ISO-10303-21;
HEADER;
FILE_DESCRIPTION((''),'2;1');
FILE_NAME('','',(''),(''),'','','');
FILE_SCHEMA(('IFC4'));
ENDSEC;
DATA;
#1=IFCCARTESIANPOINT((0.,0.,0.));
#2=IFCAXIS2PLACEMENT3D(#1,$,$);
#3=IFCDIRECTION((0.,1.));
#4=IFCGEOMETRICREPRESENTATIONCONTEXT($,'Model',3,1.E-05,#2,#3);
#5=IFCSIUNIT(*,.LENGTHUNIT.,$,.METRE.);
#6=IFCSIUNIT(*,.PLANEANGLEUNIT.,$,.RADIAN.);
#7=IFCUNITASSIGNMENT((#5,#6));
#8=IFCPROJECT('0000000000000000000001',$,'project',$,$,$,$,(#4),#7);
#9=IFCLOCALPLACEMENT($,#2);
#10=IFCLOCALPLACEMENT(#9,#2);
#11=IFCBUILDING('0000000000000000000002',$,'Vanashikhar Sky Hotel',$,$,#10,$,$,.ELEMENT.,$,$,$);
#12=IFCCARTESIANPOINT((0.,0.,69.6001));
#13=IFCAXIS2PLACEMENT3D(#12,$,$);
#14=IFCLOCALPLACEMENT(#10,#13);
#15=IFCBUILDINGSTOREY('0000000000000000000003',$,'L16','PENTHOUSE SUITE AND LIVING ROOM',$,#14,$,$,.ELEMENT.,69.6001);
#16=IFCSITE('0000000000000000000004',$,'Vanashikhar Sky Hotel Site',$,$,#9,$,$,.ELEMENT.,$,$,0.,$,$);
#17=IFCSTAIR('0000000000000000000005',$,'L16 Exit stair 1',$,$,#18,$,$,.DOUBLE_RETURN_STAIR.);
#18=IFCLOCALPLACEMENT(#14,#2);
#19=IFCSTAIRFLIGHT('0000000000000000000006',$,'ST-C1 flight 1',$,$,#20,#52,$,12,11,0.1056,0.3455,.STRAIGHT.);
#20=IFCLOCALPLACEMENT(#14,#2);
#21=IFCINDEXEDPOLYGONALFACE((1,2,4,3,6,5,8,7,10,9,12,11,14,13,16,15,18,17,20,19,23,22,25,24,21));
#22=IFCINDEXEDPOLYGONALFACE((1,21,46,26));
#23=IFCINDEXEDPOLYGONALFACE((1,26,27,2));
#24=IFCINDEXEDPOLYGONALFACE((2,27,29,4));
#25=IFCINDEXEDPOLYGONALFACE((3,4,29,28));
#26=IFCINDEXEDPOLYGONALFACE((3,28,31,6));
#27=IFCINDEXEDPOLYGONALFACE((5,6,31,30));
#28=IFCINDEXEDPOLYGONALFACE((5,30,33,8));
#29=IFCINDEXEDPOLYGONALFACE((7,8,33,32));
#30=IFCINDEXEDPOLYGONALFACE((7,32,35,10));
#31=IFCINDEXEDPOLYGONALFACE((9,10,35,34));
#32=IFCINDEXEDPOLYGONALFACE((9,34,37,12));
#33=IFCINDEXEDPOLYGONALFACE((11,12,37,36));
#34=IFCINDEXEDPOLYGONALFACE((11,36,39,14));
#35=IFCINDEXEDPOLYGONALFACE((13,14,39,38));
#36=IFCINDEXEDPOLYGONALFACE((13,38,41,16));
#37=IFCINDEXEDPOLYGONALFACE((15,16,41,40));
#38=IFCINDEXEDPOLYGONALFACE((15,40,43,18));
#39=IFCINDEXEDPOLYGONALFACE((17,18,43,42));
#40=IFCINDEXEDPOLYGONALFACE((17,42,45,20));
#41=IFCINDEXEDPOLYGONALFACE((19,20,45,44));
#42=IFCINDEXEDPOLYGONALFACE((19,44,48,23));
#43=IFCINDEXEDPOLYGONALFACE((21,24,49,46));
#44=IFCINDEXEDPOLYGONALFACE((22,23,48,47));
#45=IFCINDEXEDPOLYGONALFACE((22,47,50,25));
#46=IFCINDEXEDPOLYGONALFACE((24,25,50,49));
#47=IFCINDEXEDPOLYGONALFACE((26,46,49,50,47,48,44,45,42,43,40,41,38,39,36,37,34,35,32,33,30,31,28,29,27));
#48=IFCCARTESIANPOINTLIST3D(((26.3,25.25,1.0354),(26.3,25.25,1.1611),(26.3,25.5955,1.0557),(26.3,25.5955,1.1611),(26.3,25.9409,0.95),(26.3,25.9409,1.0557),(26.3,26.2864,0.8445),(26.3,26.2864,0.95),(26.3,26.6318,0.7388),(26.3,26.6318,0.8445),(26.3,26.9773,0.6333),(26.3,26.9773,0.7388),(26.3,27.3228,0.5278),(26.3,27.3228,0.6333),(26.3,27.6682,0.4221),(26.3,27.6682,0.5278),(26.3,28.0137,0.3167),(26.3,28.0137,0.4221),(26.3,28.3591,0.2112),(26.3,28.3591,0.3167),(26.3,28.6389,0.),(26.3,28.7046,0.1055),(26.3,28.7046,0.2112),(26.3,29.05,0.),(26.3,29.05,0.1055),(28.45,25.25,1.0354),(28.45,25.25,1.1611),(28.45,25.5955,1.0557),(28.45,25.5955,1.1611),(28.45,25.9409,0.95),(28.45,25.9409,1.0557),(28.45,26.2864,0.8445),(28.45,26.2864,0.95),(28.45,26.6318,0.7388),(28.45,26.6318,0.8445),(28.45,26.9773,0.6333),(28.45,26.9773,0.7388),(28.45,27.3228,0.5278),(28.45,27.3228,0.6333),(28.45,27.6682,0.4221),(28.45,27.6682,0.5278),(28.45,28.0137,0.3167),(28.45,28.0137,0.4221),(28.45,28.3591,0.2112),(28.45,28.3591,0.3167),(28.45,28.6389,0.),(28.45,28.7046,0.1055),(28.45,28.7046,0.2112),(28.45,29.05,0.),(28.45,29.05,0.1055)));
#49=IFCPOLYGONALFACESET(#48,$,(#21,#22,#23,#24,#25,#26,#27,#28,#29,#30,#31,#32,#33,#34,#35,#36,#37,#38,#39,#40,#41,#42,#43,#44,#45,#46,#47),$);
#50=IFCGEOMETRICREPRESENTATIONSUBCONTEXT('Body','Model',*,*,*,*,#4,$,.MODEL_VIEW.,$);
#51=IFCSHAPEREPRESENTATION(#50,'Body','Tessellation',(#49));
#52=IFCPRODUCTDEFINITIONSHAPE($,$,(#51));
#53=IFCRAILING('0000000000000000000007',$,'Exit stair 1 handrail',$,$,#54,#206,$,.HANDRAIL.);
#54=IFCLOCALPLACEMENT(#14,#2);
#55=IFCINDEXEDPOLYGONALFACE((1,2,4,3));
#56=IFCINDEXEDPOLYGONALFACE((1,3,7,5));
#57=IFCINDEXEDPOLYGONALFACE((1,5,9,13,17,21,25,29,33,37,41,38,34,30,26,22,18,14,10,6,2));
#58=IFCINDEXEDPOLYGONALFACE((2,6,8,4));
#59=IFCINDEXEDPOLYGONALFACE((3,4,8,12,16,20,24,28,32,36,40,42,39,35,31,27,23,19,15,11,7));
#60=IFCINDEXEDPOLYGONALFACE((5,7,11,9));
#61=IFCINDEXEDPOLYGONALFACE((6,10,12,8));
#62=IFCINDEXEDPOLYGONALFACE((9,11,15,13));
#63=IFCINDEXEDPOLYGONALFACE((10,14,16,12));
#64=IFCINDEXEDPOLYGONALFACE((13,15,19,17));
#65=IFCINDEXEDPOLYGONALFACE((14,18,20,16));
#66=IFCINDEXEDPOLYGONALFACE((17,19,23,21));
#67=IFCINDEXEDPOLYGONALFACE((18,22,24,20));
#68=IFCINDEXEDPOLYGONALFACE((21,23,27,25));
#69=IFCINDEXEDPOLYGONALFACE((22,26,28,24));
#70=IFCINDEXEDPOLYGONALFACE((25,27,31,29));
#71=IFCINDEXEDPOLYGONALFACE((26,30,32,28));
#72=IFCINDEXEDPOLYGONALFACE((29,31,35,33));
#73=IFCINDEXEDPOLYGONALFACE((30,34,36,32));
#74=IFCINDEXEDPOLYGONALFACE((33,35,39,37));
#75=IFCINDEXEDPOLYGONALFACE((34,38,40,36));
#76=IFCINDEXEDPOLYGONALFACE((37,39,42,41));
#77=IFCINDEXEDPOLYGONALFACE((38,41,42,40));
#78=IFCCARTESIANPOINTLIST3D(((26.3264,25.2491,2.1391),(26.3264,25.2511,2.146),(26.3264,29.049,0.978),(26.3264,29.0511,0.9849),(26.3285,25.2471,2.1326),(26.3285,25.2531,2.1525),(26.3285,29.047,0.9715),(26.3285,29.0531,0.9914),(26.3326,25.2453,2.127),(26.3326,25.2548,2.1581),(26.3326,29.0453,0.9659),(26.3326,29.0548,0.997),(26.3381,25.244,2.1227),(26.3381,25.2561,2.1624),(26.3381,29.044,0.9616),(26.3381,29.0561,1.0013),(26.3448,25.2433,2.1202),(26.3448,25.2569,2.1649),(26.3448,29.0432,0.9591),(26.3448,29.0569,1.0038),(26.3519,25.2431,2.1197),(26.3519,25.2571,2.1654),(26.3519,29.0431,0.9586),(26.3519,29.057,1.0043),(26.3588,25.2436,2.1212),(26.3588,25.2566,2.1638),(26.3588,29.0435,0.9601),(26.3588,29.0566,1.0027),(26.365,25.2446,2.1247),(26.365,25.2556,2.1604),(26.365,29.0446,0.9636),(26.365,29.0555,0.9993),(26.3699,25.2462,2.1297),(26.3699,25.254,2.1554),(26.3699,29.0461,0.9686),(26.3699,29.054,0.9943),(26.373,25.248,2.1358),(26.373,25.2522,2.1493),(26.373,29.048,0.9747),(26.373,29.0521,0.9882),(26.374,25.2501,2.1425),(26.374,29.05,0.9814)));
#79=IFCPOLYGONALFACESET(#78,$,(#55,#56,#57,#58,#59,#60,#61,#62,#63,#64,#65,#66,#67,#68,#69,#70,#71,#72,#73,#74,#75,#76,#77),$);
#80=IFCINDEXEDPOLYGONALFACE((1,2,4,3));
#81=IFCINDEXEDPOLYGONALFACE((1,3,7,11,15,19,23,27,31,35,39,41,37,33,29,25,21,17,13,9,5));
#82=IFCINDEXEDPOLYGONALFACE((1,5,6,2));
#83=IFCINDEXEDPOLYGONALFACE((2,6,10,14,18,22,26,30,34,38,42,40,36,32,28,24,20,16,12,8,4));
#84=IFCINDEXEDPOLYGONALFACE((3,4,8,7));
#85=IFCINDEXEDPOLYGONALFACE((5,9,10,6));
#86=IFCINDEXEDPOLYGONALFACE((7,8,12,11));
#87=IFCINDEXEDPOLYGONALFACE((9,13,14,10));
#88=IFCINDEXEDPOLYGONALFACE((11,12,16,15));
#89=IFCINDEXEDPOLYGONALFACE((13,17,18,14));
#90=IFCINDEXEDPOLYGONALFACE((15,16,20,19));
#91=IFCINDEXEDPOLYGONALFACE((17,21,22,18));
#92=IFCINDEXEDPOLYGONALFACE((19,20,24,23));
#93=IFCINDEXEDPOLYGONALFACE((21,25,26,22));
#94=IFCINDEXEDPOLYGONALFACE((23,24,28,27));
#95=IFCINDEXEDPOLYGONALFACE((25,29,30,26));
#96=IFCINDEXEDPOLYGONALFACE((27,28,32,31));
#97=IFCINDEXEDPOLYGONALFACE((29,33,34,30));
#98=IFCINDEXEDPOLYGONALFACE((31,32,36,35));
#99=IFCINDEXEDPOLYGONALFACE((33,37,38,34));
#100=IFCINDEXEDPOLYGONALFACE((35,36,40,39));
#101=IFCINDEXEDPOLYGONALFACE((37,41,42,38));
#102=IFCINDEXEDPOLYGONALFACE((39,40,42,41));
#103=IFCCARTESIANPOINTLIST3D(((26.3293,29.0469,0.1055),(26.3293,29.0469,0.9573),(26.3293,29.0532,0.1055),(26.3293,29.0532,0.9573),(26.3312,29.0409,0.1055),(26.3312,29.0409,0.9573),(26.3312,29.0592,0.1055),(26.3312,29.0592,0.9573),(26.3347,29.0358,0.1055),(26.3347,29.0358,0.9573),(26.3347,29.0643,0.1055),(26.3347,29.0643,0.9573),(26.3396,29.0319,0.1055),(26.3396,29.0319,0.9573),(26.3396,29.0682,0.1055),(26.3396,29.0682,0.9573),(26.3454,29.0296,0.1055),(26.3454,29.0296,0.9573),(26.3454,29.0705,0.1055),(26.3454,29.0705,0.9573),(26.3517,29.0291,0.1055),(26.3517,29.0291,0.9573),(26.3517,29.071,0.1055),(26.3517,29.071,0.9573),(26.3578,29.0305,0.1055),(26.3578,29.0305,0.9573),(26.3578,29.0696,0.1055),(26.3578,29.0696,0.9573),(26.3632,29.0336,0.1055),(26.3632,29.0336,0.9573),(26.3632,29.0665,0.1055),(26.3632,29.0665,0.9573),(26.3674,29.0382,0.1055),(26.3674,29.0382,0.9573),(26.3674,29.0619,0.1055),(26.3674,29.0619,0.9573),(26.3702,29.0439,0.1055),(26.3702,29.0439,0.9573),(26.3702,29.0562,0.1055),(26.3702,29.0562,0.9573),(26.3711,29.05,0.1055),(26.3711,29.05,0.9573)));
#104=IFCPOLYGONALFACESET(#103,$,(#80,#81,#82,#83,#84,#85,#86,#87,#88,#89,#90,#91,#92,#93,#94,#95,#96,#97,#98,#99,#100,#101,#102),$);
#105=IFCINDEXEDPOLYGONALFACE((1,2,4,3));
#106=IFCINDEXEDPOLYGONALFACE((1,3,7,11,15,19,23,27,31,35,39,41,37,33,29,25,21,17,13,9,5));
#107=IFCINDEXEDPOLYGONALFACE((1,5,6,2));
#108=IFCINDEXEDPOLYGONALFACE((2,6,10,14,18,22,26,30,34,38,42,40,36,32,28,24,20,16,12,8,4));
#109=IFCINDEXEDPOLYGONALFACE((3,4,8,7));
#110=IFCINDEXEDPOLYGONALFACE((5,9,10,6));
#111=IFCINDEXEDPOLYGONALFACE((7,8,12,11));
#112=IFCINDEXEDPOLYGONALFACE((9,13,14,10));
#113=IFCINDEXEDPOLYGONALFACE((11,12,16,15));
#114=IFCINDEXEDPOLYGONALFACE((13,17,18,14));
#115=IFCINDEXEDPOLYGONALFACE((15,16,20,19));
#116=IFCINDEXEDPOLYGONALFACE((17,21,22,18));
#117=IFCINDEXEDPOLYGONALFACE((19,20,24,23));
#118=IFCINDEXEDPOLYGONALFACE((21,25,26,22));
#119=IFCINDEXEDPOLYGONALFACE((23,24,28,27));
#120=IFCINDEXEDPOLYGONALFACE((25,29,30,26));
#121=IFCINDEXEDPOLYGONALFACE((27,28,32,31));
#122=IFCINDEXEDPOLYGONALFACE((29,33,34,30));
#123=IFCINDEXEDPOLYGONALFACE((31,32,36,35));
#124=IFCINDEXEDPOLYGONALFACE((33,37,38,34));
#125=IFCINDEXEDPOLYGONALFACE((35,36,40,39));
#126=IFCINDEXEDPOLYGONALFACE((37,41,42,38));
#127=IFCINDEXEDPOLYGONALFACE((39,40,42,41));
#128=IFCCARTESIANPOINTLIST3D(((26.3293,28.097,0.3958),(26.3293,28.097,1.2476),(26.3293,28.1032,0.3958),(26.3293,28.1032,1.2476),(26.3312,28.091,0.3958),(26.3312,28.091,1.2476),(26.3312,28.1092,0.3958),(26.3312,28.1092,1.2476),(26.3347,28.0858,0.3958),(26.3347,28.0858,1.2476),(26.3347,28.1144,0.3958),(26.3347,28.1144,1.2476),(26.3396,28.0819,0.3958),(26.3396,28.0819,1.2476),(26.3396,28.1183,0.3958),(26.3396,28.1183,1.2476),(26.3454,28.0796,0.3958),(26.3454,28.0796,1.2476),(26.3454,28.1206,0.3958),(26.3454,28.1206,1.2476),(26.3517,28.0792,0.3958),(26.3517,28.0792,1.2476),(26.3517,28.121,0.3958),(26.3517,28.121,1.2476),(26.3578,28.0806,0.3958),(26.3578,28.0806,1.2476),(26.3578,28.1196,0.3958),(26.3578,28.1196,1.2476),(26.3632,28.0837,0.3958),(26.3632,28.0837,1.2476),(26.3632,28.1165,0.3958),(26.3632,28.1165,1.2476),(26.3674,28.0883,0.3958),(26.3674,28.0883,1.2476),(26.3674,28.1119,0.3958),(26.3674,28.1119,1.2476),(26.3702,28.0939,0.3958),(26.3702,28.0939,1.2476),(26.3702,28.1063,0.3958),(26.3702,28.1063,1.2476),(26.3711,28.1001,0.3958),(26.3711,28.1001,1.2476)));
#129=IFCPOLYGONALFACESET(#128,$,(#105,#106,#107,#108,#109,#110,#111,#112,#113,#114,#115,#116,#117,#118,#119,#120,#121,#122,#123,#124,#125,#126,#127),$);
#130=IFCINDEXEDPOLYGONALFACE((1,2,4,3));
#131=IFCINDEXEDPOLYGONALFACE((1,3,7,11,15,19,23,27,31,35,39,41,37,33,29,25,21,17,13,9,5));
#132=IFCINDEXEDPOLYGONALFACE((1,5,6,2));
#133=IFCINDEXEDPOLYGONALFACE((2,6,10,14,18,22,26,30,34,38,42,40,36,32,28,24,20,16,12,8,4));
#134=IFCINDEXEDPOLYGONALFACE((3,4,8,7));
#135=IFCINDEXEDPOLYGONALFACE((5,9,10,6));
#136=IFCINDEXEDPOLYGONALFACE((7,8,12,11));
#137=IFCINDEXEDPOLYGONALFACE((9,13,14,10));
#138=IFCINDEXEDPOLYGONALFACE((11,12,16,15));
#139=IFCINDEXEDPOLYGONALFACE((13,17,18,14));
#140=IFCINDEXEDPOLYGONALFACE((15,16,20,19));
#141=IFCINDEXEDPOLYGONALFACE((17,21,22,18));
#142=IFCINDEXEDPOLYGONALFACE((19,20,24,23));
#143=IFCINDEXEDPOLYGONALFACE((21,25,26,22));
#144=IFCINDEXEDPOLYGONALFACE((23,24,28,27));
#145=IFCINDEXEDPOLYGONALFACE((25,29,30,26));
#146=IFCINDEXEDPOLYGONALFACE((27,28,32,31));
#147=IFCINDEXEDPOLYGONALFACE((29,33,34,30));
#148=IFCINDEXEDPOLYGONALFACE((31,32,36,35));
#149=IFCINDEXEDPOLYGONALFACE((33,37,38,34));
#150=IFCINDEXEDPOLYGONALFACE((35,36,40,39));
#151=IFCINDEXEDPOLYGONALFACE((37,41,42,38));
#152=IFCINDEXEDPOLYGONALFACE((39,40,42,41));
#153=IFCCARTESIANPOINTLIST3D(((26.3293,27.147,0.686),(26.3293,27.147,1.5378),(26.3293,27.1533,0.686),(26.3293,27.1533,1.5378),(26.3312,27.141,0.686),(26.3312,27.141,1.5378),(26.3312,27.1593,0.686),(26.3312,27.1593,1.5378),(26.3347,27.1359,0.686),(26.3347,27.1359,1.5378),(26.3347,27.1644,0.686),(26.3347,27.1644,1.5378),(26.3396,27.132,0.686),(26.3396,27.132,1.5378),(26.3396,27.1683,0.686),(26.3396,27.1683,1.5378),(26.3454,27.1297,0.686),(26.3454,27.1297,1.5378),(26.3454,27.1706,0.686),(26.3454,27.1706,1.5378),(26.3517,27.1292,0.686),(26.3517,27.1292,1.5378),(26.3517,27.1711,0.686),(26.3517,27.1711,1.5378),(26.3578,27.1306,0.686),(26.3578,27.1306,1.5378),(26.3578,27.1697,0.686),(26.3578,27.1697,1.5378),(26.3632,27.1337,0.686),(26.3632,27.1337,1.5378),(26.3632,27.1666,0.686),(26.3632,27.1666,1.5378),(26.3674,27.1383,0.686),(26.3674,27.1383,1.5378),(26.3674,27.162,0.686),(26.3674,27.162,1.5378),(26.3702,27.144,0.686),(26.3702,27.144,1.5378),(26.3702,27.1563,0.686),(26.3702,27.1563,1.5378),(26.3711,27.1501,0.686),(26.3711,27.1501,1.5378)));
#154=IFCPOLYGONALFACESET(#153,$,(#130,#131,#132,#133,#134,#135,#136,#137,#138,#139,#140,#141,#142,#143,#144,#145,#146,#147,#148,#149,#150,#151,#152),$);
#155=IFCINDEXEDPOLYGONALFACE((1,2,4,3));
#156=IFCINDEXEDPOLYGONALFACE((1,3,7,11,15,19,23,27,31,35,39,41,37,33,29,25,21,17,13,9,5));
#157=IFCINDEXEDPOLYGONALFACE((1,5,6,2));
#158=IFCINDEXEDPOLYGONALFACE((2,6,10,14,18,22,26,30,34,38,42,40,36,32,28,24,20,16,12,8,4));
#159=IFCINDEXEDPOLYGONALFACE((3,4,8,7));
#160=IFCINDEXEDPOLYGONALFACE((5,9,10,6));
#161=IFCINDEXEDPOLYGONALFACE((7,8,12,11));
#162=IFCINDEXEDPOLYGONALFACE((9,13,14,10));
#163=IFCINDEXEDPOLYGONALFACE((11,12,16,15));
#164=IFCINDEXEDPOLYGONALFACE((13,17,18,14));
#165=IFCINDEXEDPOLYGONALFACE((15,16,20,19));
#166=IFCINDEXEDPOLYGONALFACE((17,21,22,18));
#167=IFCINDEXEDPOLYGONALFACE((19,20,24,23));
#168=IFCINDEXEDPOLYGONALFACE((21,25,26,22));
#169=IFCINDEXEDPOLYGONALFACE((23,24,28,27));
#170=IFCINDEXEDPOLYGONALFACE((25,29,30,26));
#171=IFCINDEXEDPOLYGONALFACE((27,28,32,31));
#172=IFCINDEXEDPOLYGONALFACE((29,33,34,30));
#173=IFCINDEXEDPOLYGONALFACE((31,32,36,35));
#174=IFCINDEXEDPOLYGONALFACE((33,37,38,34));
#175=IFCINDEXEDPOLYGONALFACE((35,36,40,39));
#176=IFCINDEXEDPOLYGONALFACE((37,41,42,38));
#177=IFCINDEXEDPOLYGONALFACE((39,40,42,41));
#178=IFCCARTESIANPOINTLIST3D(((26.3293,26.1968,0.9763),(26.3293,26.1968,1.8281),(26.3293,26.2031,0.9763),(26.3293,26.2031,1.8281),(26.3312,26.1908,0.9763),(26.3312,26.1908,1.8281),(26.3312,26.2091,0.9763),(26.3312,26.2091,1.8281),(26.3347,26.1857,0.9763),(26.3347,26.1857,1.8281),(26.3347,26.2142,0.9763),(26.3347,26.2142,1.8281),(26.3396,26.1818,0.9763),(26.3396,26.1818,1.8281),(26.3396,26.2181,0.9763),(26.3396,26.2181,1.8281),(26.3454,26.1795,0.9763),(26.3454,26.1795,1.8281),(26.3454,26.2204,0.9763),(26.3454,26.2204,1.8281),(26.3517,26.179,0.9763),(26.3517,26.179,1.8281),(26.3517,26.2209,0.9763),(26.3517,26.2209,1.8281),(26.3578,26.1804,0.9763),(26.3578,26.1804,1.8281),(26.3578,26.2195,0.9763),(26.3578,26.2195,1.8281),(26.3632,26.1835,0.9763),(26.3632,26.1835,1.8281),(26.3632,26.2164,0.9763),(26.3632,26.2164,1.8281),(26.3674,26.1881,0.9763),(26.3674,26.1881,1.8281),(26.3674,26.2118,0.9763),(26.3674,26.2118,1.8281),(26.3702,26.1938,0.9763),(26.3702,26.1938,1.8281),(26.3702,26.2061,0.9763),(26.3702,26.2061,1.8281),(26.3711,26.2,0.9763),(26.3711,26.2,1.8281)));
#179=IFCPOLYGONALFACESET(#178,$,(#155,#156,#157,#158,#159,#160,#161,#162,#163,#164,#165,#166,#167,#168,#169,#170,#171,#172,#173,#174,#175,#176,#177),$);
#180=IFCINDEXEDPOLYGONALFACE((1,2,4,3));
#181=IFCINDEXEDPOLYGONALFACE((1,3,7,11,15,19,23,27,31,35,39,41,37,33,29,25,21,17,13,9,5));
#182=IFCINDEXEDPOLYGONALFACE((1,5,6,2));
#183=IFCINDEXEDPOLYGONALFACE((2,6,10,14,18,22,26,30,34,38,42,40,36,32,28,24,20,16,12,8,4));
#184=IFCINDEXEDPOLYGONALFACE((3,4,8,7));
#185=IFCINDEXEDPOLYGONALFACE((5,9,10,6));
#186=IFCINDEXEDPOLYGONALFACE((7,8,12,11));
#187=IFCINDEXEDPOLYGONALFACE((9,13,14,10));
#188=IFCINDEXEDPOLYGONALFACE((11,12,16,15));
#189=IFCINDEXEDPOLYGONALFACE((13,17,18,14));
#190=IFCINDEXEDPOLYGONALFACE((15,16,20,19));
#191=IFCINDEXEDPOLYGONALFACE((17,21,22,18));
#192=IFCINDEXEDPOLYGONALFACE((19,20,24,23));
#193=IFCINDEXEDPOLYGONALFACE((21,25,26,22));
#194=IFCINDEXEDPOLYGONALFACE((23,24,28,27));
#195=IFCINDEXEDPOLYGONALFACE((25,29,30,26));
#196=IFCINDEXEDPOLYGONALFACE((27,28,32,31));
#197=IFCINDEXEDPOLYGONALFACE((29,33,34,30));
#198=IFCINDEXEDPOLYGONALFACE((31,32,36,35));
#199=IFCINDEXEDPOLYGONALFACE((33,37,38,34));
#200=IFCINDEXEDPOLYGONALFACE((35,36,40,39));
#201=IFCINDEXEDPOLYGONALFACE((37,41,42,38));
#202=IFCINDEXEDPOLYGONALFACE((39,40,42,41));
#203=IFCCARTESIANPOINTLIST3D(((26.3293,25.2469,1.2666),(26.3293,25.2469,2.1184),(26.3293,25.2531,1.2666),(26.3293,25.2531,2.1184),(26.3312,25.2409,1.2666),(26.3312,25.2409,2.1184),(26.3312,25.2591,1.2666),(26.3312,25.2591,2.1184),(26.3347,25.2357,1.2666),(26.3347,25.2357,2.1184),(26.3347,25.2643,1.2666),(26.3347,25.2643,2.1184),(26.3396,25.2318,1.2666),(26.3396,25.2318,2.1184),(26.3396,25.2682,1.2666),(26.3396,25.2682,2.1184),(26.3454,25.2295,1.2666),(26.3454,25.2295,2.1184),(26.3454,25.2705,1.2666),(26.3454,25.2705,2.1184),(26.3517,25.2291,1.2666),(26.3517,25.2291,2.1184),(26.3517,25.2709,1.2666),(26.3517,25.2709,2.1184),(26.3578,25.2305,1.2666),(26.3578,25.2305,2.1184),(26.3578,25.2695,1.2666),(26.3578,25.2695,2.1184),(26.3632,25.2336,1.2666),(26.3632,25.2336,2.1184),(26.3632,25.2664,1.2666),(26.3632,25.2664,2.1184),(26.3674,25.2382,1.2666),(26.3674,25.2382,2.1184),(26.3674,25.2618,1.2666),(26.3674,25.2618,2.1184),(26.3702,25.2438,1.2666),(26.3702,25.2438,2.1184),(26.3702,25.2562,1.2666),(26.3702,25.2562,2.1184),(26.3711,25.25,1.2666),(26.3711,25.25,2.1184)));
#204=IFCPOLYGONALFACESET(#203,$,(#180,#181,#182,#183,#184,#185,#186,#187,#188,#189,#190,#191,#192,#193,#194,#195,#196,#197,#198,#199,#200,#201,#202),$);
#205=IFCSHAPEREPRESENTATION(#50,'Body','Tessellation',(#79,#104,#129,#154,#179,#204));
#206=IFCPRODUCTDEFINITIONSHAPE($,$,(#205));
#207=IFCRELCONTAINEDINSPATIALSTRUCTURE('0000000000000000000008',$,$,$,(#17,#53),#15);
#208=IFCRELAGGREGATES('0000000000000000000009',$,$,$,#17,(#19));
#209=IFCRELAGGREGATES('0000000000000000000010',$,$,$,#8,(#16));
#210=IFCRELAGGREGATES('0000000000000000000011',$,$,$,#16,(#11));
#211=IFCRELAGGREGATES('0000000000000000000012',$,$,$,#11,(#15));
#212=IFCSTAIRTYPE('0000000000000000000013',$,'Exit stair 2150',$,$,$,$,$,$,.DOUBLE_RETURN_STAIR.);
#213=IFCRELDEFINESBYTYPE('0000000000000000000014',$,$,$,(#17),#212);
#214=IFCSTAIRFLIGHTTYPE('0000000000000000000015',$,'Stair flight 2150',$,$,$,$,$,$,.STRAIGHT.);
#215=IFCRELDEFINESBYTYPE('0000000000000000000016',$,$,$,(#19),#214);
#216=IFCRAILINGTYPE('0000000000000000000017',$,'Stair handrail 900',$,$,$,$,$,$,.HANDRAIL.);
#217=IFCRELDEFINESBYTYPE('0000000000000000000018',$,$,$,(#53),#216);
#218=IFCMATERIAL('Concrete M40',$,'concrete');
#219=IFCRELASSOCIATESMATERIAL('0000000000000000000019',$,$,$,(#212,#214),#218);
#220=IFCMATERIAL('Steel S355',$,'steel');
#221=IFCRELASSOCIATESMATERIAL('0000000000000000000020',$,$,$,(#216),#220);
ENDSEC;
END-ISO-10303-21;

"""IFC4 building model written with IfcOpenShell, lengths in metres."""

from ifc_helpers import new_model, si_unit, direction, frame, origin, origin_2d, place, context, subcontext, project, spatial, polyline, circle, outline, extrude, source, transform, mapped, material, type_object, element, aggregate, save


model = new_model("IFC4")

# Units and contexts
model_context = context("Model", 3, precision=1e-05, world=origin(), true_north=direction((0.0, 1.0)))
body_context = subcontext(model_context, "Body", "Model", "MODEL_VIEW")
ifc_project = project(units=[si_unit("LENGTHUNIT", "METRE"), si_unit("PLANEANGLEUNIT", "RADIAN")], contexts=[model_context])

# Site, building, storey
site_placement = place(None, origin())
site = spatial("IfcSite", under=ifc_project, at=site_placement, Name="Vanashikhar Sky Hotel Site", CompositionType="ELEMENT", RefElevation=0.0)
building_placement = place(site_placement, origin())
building = spatial("IfcBuilding", under=site, at=building_placement, Name="Vanashikhar Sky Hotel", CompositionType="ELEMENT")
storey_placement = place(building_placement, frame((0.0, 0.0, 69.6001)))
storey = spatial("IfcBuildingStorey", under=building, at=storey_placement, Name="L16", Description="PENTHOUSE SUITE AND LIVING ROOM", CompositionType="ELEMENT", Elevation=69.6001)

# Stair, stair flight
ifc_material_1 = material(Name="Concrete M40", Category="concrete")
stair_type = type_object("IfcStairType", Name="Exit stair 2150", PredefinedType="DOUBLE_RETURN_STAIR", material=ifc_material_1)
stair_placement = place(storey_placement, origin())
stair = element("IfcStair", 1, at=stair_placement, inside=storey, type_object=stair_type, Name="L16 Exit stair 1", PredefinedType="DOUBLE_RETURN_STAIR")
stair_flight_type = type_object("IfcStairFlightType", Name="Stair flight 2150", PredefinedType="STRAIGHT", material=ifc_material_1)
shared_shape_1 = source(origin(), body_context, "Body", "SweptSolid", [
    extrude(outline(polyline([(0.0, 0.0), (0.0, 0.1055), (0.3455, 0.1055), (0.3455, 0.2112), (0.6909, 0.2112), (0.6909, 0.3167), (1.0364, 0.3167), (1.0364, 0.4221), (1.3818, 0.4221), (1.3818, 0.5278), (1.7273, 0.5278), (1.7273, 0.6333), (2.0728, 0.6333), (2.0728, 0.7388), (2.4182, 0.7388), (2.4182, 0.8445), (2.7637, 0.8445), (2.7637, 0.95), (3.1091, 0.95), (3.1091, 1.0557), (3.4546, 1.0557), (3.4546, 1.1611), (3.8, 1.1611), (3.8, 1.2666), (3.8, 1.0354), (0.4111, 0.0), (0.0, 0.0)])), frame((0.0, 1.075, 0.0), z_axis=(0.0, -1.0, 0.0), x_axis=(1.0, 0.0, 0.0)), (0.0, 0.0, 1.0), 2.1499),
])
stair_flight_placement = place(storey_placement, frame((27.375, 29.05, 0.0), z_axis=(0.0, 0.0, 1.0), x_axis=(0.0, -1.0, 0.0)))
stair_flight = element("IfcStairFlight", 2, at=stair_flight_placement, type_object=stair_flight_type, Name="ST-C1 flight 1", NumberOfRisers=12, NumberOfTreads=11, PredefinedType="STRAIGHT", RiserHeight=0.1056, TreadLength=0.3455, context=body_context, shape_type="MappedRepresentation", body=[
    mapped(shared_shape_1, transform((0.0, 0.0, 0.0), scale=1.0)),
])
aggregate(stair, [stair_flight])

# Railing
ifc_material_2 = material(Name="Steel S355", Category="steel")
railing_type = type_object("IfcRailingType", Name="Stair handrail 900", PredefinedType="HANDRAIL", material=ifc_material_2)
shared_shape_2 = source(origin(), body_context, "Body", "SweptSolid", [
    extrude(circle(Radius=0.0239, at=origin_2d()), frame((0.0, 0.0, 0.876), z_axis=(0.0, -0.956351, 0.29222), x_axis=(1.0, 0.0, 0.0)), (0.0, 0.0, 1.0), 3.9734),
    extrude(circle(Radius=0.021, at=origin_2d()), origin(), (0.0, 0.0, 1.0), 0.8518),
    extrude(circle(Radius=0.021, at=origin_2d()), frame((0.0, -0.95, 0.2903)), (0.0, 0.0, 1.0), 0.8518),
    extrude(circle(Radius=0.021, at=origin_2d()), frame((0.0, -1.8999, 0.5806)), (0.0, 0.0, 1.0), 0.8518),
    extrude(circle(Radius=0.021, at=origin_2d()), frame((0.0, -2.8501, 0.8708)), (0.0, 0.0, 1.0), 0.8518),
    extrude(circle(Radius=0.021, at=origin_2d()), frame((0.0, -3.8, 1.1611)), (0.0, 0.0, 1.0), 0.8518),
])
for number, where, name in (
    (3, (26.3501, 29.05, 0.1055), "Exit stair 1 handrail"),
):
    element("IfcRailing", number, at=place(storey_placement, frame(where)), inside=storey, type_object=railing_type, Name=name, PredefinedType="HANDRAIL", context=body_context, shape_type="MappedRepresentation", body=[
        mapped(shared_shape_2, transform((0.0, 0.0, 0.0), scale=1.0)),
    ])

save(model, "model.ifc")
